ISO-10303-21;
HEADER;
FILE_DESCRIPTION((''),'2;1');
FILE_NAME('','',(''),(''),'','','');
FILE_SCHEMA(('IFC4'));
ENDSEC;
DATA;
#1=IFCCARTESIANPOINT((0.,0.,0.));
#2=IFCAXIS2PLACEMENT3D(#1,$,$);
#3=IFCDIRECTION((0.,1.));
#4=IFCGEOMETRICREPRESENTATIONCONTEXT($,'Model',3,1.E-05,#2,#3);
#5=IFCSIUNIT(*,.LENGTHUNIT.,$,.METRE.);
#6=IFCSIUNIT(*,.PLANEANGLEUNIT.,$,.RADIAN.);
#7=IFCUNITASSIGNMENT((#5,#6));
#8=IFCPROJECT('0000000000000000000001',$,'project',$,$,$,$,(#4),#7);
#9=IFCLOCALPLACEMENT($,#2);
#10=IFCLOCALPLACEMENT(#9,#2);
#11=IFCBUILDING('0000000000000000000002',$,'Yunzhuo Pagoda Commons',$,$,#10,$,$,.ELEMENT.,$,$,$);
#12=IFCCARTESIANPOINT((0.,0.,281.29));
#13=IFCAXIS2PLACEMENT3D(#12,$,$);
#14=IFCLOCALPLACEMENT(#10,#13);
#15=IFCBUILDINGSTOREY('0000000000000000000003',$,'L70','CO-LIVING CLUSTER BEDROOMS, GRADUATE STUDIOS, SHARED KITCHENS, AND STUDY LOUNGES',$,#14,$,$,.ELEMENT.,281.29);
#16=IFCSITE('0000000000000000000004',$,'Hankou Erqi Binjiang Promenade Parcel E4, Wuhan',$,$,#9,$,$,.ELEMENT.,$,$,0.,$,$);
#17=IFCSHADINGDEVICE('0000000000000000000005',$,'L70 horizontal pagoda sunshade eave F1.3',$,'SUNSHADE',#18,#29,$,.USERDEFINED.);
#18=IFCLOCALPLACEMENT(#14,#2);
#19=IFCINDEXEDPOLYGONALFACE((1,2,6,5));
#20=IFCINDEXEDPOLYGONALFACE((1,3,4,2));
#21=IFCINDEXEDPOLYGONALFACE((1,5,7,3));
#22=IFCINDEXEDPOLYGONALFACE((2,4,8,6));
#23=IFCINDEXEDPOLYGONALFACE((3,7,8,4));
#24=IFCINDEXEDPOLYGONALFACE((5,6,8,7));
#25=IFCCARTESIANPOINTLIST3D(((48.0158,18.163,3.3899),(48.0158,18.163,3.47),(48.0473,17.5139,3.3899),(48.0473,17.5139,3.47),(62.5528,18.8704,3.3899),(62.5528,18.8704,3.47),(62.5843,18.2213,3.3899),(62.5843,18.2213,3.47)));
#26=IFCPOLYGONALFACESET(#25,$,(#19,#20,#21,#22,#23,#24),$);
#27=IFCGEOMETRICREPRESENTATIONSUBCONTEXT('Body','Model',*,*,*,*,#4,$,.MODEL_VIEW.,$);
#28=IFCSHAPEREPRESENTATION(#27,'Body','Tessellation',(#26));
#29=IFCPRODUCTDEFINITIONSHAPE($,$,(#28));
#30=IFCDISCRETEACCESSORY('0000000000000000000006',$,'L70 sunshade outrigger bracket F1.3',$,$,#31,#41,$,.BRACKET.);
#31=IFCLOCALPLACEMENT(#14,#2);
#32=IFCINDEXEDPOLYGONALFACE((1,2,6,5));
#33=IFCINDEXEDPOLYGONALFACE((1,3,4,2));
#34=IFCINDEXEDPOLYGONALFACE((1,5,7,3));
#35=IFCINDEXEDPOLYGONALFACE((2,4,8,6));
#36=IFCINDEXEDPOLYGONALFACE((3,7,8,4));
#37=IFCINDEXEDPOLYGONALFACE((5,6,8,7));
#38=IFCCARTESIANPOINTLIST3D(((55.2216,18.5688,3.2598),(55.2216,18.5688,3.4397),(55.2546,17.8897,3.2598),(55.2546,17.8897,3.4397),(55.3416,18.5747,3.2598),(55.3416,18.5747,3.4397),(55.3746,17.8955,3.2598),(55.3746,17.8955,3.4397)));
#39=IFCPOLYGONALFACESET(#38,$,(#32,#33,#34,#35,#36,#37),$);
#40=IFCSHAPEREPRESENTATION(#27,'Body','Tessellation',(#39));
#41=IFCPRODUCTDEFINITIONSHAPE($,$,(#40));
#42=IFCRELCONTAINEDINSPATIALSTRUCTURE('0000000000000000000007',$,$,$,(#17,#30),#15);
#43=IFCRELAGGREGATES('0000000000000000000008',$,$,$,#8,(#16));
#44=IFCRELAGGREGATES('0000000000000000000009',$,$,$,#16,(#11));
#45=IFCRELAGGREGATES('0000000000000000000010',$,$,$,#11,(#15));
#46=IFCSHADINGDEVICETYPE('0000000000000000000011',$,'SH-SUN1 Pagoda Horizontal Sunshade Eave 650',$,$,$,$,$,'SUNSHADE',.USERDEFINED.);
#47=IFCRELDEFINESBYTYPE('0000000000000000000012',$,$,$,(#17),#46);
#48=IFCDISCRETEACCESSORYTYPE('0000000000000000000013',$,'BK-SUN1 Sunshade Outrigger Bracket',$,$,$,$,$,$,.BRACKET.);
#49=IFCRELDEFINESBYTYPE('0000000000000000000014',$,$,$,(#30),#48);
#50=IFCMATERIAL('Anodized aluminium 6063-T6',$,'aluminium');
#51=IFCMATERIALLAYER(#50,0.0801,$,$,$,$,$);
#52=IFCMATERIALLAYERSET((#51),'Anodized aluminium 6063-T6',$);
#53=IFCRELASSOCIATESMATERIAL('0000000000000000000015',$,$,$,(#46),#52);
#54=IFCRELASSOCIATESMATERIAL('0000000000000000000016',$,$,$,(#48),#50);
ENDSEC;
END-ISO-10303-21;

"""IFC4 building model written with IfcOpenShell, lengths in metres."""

from ifc_helpers import new_model, si_unit, direction, frame, origin, origin_2d, place, context, subcontext, project, spatial, rectangle, extrude, source, transform, mapped, material, layer, layer_set, type_object, element, save


model = new_model("IFC4")

# Units and contexts
model_context = context("Model", 3, precision=1e-05, world=origin(), true_north=direction((0.0, 1.0)))
body_context = subcontext(model_context, "Body", "Model", "MODEL_VIEW")
ifc_project = project(units=[si_unit("LENGTHUNIT", "METRE"), si_unit("PLANEANGLEUNIT", "RADIAN")], contexts=[model_context])

# Site, building, storey
site_placement = place(None, origin())
site = spatial("IfcSite", under=ifc_project, at=site_placement, Name="Hankou Erqi Binjiang Promenade Parcel E4, Wuhan", CompositionType="ELEMENT", RefElevation=0.0)
building_placement = place(site_placement, origin())
building = spatial("IfcBuilding", under=site, at=building_placement, Name="Yunzhuo Pagoda Commons", CompositionType="ELEMENT")
storey_placement = place(building_placement, frame((0.0, 0.0, 281.29)))
storey = spatial("IfcBuildingStorey", under=building, at=storey_placement, Name="L70", Description="CO-LIVING CLUSTER BEDROOMS, GRADUATE STUDIOS, SHARED KITCHENS, AND STUDY LOUNGES", CompositionType="ELEMENT", Elevation=281.29)

# Shared definitions
ifc_material_1 = material(Name="Anodized aluminium 6063-T6", Category="aluminium")

# Shading device
ifc_layer_1 = layer(ifc_material_1, 0.0801)
ifc_layer_set_1 = layer_set([ifc_layer_1], Name="Anodized aluminium 6063-T6")
shading_device_type = type_object("IfcShadingDeviceType", Name="SH-SUN1 Pagoda Horizontal Sunshade Eave 650", ElementType="SUNSHADE", PredefinedType="USERDEFINED", material=ifc_layer_set_1)
shared_shape_1 = source(origin(), body_context, "Body", "SweptSolid", [
    extrude(rectangle(XDim=14.5542, YDim=0.6499, at=origin_2d()), origin(), (0.0, 0.0, 1.0), 0.0801),
])
shading_device_placement = place(storey_placement, frame((55.3, 18.1921, 3.3899), z_axis=(0.0, 0.0, 1.0), x_axis=(0.998818, 0.048606, 0.0)))
element("IfcShadingDevice", 1, at=shading_device_placement, inside=storey, type_object=shading_device_type, Name="L70 horizontal pagoda sunshade eave F1.3", ObjectType="SUNSHADE", PredefinedType="USERDEFINED", context=body_context, shape_type="MappedRepresentation", body=[
    mapped(shared_shape_1, transform((0.0, 0.0, 0.0), scale=1.0)),
])

# Discrete accessory
discrete_accessory_type = type_object("IfcDiscreteAccessoryType", Name="BK-SUN1 Sunshade Outrigger Bracket", PredefinedType="BRACKET", material=ifc_material_1)
shared_shape_2 = source(origin(), body_context, "Body", "SweptSolid", [
    extrude(rectangle(XDim=0.1201, YDim=0.6799, at=origin_2d()), origin(), (0.0, 0.0, 1.0), 0.1799),
])
discrete_accessory_placement = place(storey_placement, frame((55.2981, 18.2322, 3.2598), z_axis=(0.0, 0.0, 1.0), x_axis=(0.998818, 0.048606, 0.0)))
element("IfcDiscreteAccessory", 2, at=discrete_accessory_placement, inside=storey, type_object=discrete_accessory_type, Name="L70 sunshade outrigger bracket F1.3", PredefinedType="BRACKET", context=body_context, shape_type="MappedRepresentation", body=[
    mapped(shared_shape_2, transform((0.0, 0.0, 0.0), scale=1.0)),
])

save(model, "model.ifc")
